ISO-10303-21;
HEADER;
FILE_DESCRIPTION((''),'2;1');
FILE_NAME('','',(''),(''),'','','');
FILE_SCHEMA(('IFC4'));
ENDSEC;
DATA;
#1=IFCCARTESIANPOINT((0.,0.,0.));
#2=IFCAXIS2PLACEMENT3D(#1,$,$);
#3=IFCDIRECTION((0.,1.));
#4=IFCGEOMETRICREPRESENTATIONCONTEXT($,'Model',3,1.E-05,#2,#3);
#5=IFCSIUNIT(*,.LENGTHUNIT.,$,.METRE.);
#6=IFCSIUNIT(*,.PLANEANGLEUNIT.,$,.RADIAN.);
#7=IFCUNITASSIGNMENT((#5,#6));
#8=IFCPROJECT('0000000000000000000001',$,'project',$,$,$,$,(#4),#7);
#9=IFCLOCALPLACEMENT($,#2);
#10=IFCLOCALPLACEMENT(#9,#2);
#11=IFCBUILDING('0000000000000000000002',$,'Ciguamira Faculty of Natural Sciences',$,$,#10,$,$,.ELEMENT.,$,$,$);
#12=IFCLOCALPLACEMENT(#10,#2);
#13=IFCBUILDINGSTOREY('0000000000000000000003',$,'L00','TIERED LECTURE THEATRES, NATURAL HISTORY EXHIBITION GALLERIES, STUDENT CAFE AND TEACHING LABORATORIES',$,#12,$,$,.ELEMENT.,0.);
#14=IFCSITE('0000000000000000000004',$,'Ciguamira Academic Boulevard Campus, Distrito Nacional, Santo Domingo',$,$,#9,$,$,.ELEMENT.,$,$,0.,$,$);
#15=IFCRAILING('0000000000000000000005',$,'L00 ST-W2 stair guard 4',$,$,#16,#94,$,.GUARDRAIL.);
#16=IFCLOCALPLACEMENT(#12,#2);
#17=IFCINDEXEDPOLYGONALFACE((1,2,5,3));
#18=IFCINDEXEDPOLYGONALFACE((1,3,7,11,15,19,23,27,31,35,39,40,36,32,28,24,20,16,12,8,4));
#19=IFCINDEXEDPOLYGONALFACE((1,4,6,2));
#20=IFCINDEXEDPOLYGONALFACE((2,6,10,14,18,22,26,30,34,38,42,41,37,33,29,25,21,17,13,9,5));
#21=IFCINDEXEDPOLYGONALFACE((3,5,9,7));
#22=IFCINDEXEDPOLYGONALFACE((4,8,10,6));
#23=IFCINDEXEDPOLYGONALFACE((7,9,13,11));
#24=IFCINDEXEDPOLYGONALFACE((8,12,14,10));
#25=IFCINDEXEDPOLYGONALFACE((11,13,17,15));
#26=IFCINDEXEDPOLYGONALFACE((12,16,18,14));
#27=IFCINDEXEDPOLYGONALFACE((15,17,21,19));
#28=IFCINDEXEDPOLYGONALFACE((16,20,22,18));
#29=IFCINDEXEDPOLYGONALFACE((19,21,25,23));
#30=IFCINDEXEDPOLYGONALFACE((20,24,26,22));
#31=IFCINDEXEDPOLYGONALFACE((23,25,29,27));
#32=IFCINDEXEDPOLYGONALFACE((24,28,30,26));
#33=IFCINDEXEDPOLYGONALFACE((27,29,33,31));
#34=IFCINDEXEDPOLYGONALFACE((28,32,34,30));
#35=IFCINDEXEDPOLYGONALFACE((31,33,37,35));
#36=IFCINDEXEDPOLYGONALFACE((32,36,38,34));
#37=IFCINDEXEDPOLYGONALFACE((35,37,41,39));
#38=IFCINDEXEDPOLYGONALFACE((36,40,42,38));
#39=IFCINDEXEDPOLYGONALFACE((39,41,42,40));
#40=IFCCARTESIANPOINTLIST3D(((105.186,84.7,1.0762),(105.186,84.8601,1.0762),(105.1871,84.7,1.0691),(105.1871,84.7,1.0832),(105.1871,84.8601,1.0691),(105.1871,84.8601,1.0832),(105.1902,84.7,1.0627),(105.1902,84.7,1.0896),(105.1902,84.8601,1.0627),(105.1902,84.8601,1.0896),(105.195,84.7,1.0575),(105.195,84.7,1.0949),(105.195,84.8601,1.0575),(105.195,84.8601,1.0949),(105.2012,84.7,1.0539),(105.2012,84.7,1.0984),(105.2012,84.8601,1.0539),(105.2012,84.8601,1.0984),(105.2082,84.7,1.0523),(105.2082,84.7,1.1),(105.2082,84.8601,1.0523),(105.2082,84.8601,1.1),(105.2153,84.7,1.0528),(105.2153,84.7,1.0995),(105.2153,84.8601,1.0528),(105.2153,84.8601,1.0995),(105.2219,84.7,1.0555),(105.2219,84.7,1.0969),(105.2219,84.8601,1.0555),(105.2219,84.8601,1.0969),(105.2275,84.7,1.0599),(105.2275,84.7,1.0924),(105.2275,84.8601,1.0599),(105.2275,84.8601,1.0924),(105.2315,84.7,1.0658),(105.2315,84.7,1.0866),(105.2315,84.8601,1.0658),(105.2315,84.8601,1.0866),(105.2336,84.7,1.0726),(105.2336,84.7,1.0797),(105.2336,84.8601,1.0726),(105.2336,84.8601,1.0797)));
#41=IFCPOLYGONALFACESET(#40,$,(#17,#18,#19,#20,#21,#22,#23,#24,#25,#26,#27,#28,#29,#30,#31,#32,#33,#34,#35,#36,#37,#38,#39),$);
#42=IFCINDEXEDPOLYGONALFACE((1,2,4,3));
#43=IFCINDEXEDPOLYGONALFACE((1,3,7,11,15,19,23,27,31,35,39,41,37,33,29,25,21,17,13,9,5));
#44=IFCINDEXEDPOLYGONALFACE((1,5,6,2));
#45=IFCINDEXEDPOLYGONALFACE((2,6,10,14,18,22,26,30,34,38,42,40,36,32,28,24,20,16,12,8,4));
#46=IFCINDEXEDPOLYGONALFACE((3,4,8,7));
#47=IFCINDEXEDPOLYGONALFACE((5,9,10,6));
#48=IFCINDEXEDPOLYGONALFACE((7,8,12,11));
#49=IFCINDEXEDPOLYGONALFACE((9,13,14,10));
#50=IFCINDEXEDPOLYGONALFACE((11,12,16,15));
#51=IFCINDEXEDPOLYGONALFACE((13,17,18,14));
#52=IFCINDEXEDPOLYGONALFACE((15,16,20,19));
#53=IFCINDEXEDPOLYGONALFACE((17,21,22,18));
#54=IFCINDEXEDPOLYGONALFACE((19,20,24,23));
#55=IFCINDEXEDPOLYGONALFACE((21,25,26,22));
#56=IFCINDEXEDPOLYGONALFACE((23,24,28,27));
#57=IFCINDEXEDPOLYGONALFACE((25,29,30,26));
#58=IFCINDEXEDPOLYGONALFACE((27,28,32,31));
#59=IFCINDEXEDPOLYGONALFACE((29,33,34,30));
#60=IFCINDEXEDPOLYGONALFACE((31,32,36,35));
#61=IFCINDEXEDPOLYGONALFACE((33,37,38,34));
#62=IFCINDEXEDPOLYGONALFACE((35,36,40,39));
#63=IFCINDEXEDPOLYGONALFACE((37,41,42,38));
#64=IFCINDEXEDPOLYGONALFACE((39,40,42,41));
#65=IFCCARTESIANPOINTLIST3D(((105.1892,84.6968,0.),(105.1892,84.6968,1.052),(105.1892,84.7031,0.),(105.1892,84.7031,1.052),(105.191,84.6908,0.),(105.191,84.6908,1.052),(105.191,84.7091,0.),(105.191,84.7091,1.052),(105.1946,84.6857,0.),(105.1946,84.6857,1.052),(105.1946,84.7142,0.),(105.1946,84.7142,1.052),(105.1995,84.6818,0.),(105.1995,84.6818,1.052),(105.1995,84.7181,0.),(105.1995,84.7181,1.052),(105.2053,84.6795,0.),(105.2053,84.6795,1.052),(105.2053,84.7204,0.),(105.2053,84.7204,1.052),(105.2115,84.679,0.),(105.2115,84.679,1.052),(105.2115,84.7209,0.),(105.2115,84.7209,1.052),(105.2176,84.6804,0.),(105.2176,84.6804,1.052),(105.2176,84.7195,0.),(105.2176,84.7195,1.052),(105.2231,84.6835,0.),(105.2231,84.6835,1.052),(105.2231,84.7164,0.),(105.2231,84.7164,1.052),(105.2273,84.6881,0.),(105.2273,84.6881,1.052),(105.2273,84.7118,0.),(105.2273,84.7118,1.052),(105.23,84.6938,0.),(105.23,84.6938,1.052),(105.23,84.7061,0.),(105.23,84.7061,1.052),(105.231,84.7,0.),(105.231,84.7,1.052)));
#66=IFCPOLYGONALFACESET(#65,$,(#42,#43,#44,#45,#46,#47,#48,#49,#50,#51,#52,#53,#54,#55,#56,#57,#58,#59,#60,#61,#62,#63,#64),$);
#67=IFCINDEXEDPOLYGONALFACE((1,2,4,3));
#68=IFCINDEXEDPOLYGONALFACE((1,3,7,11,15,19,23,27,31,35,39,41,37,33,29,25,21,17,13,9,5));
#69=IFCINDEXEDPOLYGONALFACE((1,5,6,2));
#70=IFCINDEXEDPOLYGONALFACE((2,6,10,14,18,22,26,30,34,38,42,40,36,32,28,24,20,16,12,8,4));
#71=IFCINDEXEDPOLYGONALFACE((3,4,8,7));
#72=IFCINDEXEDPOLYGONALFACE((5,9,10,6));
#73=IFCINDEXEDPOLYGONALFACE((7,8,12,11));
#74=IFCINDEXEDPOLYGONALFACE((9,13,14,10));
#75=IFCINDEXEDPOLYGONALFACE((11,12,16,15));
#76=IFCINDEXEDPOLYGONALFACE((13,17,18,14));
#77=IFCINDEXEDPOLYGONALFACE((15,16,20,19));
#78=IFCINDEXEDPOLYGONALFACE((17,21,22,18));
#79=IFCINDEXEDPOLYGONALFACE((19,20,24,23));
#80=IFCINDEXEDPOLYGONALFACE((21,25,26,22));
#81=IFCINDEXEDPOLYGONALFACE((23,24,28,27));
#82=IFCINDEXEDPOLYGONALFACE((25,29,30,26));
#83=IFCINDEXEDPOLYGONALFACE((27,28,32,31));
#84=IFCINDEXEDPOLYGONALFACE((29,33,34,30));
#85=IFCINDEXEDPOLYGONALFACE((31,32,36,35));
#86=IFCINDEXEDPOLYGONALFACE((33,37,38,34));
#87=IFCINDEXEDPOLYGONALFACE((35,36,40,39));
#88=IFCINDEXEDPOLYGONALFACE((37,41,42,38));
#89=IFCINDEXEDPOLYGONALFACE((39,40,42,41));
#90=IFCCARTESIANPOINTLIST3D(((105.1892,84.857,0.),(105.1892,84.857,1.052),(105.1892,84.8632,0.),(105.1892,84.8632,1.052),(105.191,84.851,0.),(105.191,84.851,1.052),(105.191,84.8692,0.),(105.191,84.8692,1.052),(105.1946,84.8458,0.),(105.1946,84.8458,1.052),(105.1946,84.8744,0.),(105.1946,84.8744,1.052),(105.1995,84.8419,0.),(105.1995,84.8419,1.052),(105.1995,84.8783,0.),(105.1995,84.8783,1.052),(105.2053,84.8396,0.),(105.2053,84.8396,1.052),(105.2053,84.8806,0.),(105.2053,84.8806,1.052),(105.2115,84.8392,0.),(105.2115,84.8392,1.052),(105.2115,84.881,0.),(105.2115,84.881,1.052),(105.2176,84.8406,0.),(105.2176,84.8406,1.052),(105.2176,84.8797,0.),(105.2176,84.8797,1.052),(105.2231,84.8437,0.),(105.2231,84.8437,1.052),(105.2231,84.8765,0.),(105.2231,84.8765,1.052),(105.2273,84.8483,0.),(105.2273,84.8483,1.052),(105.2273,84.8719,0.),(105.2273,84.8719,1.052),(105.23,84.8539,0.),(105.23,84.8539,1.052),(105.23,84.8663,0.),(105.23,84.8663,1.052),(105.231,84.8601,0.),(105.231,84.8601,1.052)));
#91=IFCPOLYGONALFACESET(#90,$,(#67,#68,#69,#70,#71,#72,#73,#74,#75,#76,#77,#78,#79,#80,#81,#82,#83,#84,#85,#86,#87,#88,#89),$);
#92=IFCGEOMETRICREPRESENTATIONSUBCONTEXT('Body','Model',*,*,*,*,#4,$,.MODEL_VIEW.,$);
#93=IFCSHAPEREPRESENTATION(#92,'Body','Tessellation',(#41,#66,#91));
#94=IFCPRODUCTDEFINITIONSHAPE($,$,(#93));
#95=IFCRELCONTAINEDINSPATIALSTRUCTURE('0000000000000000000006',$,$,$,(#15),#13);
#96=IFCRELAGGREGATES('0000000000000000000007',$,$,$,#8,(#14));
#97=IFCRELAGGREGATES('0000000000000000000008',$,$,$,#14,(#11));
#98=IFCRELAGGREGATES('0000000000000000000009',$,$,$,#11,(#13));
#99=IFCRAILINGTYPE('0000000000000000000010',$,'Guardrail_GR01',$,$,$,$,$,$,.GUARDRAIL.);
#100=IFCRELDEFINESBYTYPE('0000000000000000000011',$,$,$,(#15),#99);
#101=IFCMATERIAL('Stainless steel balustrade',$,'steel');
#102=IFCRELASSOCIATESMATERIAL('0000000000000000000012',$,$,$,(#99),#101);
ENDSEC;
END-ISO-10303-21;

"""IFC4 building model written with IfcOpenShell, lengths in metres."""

from ifc_helpers import new_model, si_unit, direction, frame, origin, origin_2d, place, context, subcontext, project, spatial, circle, extrude, material, type_object, element, save


model = new_model("IFC4")

# Units and contexts
model_context = context("Model", 3, precision=1e-05, world=origin(), true_north=direction((0.0, 1.0)))
body_context = subcontext(model_context, "Body", "Model", "MODEL_VIEW")
ifc_project = project(units=[si_unit("LENGTHUNIT", "METRE"), si_unit("PLANEANGLEUNIT", "RADIAN")], contexts=[model_context])

# Site, building, storey
site_placement = place(None, origin())
site = spatial("IfcSite", under=ifc_project, at=site_placement, Name="Ciguamira Academic Boulevard Campus, Distrito Nacional, Santo Domingo", CompositionType="ELEMENT", RefElevation=0.0)
building_placement = place(site_placement, origin())
building = spatial("IfcBuilding", under=site, at=building_placement, Name="Ciguamira Faculty of Natural Sciences", CompositionType="ELEMENT")
storey_placement = place(building_placement, origin())
storey = spatial("IfcBuildingStorey", under=building, at=storey_placement, Name="L00", Description="TIERED LECTURE THEATRES, NATURAL HISTORY EXHIBITION GALLERIES, STUDENT CAFE AND TEACHING LABORATORIES", CompositionType="ELEMENT", Elevation=0.0)

# Railing
ifc_material_1 = material(Name="Stainless steel balustrade", Category="steel")
railing_type_1 = type_object("IfcRailingType", Name="Guardrail_GR01", PredefinedType="GUARDRAIL", material=ifc_material_1)
railing_1_placement = place(storey_placement, frame((105.21, 84.7, 0.0)))
element("IfcRailing", 1, at=railing_1_placement, inside=storey, type_object=railing_type_1, Name="L00 ST-W2 stair guard 4", PredefinedType="GUARDRAIL", context=body_context, shape_type="SweptSolid", body=[
    extrude(circle(Radius=0.0239, at=origin_2d()), frame((0.0, 0.0, 1.0762), z_axis=(0.0, 1.0, 0.0), x_axis=(-1.0, 0.0, 0.0)), (0.0, 0.0, 1.0), 0.1602),
    extrude(circle(Radius=0.021, at=origin_2d()), origin(), (0.0, 0.0, 1.0), 1.052),
    extrude(circle(Radius=0.021, at=origin_2d()), frame((0.0, 0.1602, 0.0)), (0.0, 0.0, 1.0), 1.052),
])

save(model, "model.ifc")
